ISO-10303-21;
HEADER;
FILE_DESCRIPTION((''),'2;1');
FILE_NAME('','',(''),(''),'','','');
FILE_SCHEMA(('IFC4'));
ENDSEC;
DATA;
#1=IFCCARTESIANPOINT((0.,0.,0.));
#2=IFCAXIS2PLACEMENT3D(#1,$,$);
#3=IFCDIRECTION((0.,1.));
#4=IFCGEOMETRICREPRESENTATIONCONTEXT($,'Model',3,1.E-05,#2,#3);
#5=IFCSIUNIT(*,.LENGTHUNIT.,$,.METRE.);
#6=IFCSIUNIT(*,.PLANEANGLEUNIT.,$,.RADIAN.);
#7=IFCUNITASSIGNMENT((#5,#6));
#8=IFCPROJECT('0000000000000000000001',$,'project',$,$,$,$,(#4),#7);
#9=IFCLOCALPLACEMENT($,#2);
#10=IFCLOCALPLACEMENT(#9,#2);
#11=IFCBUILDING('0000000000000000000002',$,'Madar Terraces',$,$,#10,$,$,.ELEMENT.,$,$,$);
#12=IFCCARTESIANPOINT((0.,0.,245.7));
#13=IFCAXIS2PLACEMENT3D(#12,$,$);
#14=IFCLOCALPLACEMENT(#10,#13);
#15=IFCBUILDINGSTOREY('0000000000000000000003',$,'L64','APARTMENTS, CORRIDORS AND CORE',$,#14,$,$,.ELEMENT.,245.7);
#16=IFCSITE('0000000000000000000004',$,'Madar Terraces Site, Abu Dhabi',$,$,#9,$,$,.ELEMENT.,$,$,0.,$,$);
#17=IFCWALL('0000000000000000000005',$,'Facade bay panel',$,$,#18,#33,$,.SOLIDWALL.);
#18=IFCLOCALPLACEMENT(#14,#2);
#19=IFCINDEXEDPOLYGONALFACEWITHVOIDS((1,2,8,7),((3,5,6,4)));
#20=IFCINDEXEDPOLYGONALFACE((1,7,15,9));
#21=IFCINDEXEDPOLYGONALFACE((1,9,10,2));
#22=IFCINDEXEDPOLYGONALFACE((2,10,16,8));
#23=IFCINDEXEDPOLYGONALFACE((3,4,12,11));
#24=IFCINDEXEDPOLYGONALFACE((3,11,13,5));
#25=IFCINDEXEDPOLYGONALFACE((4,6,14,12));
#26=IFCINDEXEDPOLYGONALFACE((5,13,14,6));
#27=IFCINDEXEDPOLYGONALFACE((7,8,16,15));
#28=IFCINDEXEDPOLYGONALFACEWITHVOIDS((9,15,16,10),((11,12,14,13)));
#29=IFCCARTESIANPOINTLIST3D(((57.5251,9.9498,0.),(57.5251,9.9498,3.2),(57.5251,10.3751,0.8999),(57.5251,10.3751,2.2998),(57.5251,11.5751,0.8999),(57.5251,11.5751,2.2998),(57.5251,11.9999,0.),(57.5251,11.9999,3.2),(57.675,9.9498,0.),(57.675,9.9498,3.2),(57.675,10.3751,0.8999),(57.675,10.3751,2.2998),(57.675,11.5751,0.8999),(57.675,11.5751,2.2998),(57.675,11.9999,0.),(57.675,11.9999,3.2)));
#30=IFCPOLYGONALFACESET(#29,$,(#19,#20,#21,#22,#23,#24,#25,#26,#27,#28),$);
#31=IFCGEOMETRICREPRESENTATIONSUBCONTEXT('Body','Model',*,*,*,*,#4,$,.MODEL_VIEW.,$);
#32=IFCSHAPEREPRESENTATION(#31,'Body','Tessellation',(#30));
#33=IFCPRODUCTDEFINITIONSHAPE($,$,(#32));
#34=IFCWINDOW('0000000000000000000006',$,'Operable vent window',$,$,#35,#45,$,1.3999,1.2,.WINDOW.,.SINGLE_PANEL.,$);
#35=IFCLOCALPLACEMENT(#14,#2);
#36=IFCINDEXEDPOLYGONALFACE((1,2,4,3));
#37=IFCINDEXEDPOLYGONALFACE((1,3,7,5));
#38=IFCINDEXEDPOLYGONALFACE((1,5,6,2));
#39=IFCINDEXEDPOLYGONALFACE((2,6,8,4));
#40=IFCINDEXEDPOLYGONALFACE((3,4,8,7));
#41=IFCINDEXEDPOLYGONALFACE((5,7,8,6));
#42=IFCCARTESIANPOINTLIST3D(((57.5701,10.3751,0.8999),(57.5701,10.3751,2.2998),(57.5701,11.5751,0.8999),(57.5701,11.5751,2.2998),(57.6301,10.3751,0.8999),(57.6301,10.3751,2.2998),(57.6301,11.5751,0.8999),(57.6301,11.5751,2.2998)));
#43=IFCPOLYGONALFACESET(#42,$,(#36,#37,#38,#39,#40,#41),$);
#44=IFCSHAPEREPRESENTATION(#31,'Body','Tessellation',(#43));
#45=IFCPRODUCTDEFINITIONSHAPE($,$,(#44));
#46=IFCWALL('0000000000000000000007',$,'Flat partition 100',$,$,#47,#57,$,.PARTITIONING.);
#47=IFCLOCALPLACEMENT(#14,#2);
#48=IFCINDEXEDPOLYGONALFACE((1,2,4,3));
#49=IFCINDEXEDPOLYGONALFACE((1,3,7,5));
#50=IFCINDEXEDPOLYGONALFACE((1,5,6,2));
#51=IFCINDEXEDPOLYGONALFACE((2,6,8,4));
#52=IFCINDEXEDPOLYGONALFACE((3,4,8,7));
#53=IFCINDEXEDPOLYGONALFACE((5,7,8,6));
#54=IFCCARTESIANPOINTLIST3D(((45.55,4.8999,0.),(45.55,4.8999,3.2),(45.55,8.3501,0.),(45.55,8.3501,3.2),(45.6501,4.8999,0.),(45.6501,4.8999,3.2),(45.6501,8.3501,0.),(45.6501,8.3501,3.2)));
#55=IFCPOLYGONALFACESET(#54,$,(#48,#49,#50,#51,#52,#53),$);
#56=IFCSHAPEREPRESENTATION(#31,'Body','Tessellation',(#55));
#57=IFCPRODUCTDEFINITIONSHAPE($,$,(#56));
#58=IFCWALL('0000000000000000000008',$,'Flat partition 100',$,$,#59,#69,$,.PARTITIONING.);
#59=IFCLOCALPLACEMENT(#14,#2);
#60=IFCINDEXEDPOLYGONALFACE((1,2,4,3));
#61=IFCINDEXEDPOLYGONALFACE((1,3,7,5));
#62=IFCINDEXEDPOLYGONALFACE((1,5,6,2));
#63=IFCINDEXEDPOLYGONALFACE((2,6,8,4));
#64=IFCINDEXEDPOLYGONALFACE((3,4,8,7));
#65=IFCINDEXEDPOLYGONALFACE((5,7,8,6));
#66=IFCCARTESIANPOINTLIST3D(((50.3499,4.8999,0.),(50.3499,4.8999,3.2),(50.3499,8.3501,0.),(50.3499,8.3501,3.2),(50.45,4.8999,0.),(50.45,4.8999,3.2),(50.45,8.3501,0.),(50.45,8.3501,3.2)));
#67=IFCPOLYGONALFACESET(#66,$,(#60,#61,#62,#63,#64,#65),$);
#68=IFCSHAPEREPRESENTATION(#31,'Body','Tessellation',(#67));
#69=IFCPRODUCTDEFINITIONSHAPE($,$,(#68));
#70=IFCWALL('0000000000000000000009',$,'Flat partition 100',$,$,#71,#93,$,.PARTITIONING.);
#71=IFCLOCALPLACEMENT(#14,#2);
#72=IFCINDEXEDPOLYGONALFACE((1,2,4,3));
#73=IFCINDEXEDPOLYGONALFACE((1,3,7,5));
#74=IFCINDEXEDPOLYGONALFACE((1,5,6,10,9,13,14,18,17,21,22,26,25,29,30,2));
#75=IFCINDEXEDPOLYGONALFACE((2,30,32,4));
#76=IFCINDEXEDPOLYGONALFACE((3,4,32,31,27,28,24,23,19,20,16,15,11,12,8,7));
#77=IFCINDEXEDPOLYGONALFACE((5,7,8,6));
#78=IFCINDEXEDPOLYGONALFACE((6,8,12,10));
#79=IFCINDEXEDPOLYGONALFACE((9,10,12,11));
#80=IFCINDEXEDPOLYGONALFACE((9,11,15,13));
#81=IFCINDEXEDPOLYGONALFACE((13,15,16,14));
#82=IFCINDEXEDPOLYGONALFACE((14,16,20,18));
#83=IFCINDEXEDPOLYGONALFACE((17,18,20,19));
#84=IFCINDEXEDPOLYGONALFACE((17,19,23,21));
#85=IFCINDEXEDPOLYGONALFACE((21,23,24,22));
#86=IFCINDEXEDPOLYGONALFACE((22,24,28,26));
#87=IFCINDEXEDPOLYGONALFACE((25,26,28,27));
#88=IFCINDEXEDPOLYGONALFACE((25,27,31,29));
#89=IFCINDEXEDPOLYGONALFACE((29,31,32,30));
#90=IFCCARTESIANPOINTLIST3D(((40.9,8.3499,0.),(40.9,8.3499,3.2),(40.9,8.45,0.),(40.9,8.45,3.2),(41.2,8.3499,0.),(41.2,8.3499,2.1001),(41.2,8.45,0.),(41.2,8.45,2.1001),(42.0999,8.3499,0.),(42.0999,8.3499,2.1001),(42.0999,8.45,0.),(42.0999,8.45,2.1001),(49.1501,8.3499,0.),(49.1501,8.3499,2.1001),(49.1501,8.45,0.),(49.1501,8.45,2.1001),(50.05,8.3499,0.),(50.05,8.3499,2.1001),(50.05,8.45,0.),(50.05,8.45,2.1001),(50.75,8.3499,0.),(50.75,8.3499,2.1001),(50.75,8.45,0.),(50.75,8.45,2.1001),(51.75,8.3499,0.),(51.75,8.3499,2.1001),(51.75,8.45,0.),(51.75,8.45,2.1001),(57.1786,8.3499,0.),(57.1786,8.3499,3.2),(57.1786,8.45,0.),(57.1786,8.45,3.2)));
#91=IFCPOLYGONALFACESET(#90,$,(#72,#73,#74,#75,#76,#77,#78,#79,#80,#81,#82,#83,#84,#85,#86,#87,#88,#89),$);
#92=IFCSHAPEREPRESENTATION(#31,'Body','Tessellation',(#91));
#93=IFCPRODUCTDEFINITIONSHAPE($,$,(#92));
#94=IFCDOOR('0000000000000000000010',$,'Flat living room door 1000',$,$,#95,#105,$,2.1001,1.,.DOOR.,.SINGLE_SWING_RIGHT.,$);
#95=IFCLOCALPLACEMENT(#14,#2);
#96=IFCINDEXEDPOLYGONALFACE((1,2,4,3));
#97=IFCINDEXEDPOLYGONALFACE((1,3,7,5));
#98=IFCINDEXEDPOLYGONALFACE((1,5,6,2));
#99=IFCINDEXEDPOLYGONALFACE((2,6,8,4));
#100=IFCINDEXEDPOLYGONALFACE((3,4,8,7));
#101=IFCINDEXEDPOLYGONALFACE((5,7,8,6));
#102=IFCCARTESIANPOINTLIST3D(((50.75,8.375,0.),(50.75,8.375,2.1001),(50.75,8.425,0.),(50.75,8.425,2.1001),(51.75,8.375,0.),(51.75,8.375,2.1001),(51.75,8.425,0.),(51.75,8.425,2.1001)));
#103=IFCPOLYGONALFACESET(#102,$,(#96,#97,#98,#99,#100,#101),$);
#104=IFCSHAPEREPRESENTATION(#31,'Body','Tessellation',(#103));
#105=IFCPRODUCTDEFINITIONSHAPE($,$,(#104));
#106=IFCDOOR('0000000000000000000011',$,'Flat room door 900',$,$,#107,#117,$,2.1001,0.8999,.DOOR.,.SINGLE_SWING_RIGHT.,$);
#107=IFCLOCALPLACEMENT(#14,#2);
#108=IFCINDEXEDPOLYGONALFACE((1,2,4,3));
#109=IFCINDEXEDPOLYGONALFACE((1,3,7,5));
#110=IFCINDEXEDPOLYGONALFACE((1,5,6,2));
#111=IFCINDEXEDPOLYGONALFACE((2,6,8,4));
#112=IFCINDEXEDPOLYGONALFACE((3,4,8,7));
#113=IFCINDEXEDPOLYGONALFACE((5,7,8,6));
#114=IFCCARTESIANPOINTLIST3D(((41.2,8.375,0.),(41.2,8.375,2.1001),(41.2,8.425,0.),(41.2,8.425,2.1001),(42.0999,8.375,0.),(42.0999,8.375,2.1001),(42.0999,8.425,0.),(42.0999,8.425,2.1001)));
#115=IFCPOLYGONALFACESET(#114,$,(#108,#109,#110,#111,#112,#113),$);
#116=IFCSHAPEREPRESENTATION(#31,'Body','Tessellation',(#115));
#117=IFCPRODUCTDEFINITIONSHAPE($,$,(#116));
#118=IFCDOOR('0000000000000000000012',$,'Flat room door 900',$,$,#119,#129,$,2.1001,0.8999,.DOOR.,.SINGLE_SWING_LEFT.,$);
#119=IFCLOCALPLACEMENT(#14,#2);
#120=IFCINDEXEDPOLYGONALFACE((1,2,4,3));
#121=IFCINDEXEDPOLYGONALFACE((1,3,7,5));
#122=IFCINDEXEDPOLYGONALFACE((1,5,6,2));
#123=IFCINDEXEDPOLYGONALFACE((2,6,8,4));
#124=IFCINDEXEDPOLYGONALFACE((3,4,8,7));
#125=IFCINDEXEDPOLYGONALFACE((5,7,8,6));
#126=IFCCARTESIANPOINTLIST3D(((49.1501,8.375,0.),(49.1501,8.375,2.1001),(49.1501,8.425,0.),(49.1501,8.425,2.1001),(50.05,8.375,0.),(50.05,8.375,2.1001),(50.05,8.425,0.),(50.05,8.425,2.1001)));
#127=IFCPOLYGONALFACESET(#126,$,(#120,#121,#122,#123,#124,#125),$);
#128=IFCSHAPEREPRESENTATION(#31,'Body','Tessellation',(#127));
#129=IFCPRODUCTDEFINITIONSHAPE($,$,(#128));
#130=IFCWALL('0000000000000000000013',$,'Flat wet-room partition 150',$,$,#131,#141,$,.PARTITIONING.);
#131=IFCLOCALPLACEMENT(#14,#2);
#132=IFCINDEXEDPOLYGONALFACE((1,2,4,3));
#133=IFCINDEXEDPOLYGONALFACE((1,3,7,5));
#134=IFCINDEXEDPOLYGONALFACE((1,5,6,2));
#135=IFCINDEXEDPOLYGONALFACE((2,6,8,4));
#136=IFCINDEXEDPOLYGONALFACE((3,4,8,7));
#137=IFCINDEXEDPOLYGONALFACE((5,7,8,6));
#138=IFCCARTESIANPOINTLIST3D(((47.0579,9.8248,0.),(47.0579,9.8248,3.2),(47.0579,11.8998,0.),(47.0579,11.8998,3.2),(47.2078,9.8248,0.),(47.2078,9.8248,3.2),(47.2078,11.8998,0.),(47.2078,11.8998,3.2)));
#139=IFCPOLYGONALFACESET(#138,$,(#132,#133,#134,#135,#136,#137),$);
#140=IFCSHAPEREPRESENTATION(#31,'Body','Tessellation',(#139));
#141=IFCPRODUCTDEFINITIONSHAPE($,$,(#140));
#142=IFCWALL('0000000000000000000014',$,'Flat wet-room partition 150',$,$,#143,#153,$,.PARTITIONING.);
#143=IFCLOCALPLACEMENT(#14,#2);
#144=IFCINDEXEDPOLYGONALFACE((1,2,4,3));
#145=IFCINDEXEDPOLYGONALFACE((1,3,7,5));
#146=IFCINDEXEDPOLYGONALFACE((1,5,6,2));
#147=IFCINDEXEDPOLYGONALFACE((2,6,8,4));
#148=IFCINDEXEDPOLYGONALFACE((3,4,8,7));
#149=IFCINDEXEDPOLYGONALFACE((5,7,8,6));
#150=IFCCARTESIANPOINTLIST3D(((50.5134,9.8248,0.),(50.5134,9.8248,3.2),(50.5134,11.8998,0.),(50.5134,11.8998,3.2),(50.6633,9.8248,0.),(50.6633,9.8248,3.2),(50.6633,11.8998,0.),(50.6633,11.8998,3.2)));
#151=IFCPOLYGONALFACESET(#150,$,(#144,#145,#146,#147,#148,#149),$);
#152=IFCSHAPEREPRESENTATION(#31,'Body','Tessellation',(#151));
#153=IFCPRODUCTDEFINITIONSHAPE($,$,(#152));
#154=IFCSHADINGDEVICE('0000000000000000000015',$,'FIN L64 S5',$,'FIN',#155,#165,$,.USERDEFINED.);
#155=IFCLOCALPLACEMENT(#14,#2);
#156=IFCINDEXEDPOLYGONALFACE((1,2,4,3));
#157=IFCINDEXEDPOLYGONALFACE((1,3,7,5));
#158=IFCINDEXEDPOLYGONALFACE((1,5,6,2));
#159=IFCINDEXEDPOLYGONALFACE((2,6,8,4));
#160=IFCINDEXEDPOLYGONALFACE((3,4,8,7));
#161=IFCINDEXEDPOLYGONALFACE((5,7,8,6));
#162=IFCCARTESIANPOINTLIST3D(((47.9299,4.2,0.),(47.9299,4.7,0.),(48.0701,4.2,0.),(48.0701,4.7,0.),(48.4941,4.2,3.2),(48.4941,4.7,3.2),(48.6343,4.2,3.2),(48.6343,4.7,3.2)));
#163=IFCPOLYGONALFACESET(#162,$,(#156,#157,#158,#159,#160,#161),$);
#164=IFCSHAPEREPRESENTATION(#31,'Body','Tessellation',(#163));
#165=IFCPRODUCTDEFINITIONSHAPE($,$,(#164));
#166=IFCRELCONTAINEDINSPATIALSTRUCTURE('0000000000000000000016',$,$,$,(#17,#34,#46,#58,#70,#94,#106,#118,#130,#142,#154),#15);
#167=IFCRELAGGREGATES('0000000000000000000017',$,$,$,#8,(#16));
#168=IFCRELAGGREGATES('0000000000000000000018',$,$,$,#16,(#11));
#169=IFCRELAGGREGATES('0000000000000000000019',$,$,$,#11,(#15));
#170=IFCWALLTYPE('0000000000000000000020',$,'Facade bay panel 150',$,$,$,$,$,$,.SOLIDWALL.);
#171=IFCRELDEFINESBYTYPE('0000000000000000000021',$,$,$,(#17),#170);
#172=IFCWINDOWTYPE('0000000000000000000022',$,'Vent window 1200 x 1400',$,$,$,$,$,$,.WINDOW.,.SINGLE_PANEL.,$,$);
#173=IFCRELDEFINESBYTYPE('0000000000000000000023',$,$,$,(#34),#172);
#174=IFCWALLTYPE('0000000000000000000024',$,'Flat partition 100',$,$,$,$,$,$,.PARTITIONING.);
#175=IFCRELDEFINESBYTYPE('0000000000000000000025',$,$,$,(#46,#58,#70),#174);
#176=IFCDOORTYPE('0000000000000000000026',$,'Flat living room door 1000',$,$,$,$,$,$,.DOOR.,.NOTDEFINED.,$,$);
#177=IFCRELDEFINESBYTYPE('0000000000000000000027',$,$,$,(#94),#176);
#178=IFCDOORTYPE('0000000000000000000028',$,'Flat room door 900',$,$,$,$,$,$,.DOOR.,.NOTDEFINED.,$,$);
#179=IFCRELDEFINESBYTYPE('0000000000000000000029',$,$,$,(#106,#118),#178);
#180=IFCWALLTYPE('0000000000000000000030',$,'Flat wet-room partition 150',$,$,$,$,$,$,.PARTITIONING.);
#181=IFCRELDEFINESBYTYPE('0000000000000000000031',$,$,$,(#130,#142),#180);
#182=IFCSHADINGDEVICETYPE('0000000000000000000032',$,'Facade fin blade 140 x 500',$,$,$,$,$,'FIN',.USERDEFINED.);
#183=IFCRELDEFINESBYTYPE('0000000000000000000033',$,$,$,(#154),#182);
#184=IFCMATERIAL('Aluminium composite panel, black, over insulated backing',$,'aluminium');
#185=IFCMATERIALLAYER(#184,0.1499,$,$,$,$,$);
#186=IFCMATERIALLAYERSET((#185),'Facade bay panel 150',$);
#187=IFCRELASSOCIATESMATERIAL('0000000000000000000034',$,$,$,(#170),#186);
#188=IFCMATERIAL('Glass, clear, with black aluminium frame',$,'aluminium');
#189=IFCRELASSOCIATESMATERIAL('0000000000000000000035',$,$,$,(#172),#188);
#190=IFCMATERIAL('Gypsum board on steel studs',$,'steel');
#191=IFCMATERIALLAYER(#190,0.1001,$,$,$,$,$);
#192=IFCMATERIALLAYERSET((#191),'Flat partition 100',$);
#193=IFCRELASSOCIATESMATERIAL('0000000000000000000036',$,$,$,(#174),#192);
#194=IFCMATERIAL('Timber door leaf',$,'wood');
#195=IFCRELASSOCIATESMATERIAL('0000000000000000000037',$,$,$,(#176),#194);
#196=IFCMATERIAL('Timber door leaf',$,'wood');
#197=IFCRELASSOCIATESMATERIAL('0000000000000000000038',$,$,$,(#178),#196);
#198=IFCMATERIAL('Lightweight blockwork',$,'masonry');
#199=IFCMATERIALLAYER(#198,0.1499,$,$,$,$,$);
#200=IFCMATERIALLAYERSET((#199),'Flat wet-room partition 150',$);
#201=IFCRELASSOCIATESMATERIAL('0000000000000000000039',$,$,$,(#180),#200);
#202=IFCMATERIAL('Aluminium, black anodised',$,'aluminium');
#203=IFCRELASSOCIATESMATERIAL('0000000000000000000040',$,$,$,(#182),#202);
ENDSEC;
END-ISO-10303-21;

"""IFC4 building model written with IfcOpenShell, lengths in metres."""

from ifc_helpers import new_model, si_unit, direction, frame, frame_2d, origin, place, context, subcontext, project, spatial, polyline, rectangle, outline, extrude, material, layer, layer_set, type_object, element, fill, save


model = new_model("IFC4")

# Units and contexts
model_context = context("Model", 3, precision=1e-05, world=origin(), true_north=direction((0.0, 1.0)))
body_context = subcontext(model_context, "Body", "Model", "MODEL_VIEW")
ifc_project = project(units=[si_unit("LENGTHUNIT", "METRE"), si_unit("PLANEANGLEUNIT", "RADIAN")], contexts=[model_context])

# Site, building, storey
site_placement = place(None, origin())
site = spatial("IfcSite", under=ifc_project, at=site_placement, Name="Madar Terraces Site, Abu Dhabi", CompositionType="ELEMENT", RefElevation=0.0)
building_placement = place(site_placement, origin())
building = spatial("IfcBuilding", under=site, at=building_placement, Name="Madar Terraces", CompositionType="ELEMENT")
storey_placement = place(building_placement, frame((0.0, 0.0, 245.7)))
storey = spatial("IfcBuildingStorey", under=building, at=storey_placement, Name="L64", Description="APARTMENTS, CORRIDORS AND CORE", CompositionType="ELEMENT", Elevation=245.7)

# Wall, opening, window
ifc_material_1 = material(Name="Aluminium composite panel, black, over insulated backing", Category="aluminium")
ifc_layer_1 = layer(ifc_material_1, 0.1499)
ifc_layer_set_1 = layer_set([ifc_layer_1], Name="Facade bay panel 150")
wall_type_1 = type_object("IfcWallType", Name="Facade bay panel 150", PredefinedType="SOLIDWALL", material=ifc_layer_set_1)
wall_1_placement = place(storey_placement, frame((57.6001, 9.95, 0.0), z_axis=(0.0, 0.0, 1.0), x_axis=(0.0, 1.0, 0.0)))
wall_1 = element("IfcWall", 1, at=wall_1_placement, inside=storey, type_object=wall_type_1, Name="Facade bay panel", PredefinedType="SOLIDWALL", context=body_context, shape_type="SweptSolid", body=[
    extrude(rectangle(XDim=2.05, YDim=0.1499, at=frame_2d((1.0249, 0.0))), origin(), (0.0, 0.0, 1.0), 3.2),
])
opening_1_placement = place(wall_1_placement, frame((0.425, 0.0, 0.8999)))
opening_1 = element("IfcOpeningElement", 2, at=opening_1_placement, cuts=wall_1, PredefinedType="OPENING", context=body_context, shape_type="SweptSolid", body=[
    extrude(rectangle(XDim=1.2, YDim=1.3999, at=frame_2d((0.6001, 0.7))), frame((0.0, 0.085, 0.0), z_axis=(0.0, -1.0, 0.0), x_axis=(1.0, 0.0, 0.0)), (0.0, 0.0, 1.0), 0.1699),
])
ifc_material_2 = material(Name="Glass, clear, with black aluminium frame", Category="aluminium")
window_type = type_object("IfcWindowType", Name="Vent window 1200 x 1400", PartitioningType="SINGLE_PANEL", PredefinedType="WINDOW", material=ifc_material_2)
window_placement = place(opening_1_placement, origin())
window = element("IfcWindow", 3, at=window_placement, inside=storey, type_object=window_type, Name="Operable vent window", OverallHeight=1.3999, OverallWidth=1.2, PartitioningType="SINGLE_PANEL", PredefinedType="WINDOW", context=body_context, shape_type="SweptSolid", body=[
    extrude(rectangle(XDim=1.2, YDim=1.3999, at=frame_2d((0.6001, 0.7))), frame((0.0, 0.03, 0.0), z_axis=(0.0, -1.0, 0.0), x_axis=(1.0, 0.0, 0.0)), (0.0, 0.0, 1.0), 0.0601),
])
fill(opening_1, window)

# Walls
ifc_material_3 = material(Name="Gypsum board on steel studs", Category="steel")
ifc_layer_2 = layer(ifc_material_3, 0.1001)
ifc_layer_set_2 = layer_set([ifc_layer_2], Name="Flat partition 100")
wall_type_2 = type_object("IfcWallType", Name="Flat partition 100", PredefinedType="PARTITIONING", material=ifc_layer_set_2)
for number, where, z_axis, x_axis, name in (
    (4, (45.6001, 8.3501, 0.0), (0.0, 0.0, 1.0), (0.0, -1.0, 0.0), "Flat partition 100"),
    (5, (50.3999, 8.3501, 0.0), (0.0, 0.0, 1.0), (0.0, -1.0, 0.0), "Flat partition 100"),
):
    element("IfcWall", number, at=place(storey_placement, frame(where, z_axis=z_axis, x_axis=x_axis)), inside=storey, type_object=wall_type_2, Name=name, PredefinedType="PARTITIONING", context=body_context, shape_type="SweptSolid", body=[
        extrude(rectangle(XDim=3.4502, YDim=0.1001, at=frame_2d((1.7251, 0.0))), origin(), (0.0, 0.0, 1.0), 3.2),
    ])

# Wall, openings, doors
wall_2_placement = place(storey_placement, frame((57.1785, 8.3999, 0.0), z_axis=(0.0, 0.0, 1.0), x_axis=(-1.0, 0.0, 0.0)))
wall_2 = element("IfcWall", 6, at=wall_2_placement, inside=storey, type_object=wall_type_2, Name="Flat partition 100", PredefinedType="PARTITIONING", context=body_context, shape_type="SweptSolid", body=[
    extrude(rectangle(XDim=16.2786, YDim=0.1001, at=frame_2d((8.1392, 0.0))), origin(), (0.0, 0.0, 1.0), 3.2),
])
opening_2_placement = place(wall_2_placement, frame((15.0786, 0.0, 0.0)))
opening_2 = element("IfcOpeningElement", 7, at=opening_2_placement, cuts=wall_2, PredefinedType="OPENING", context=body_context, shape_type="SweptSolid", body=[
    extrude(rectangle(XDim=0.8999, YDim=2.1001, at=frame_2d((0.45, 1.05))), frame((0.0, 0.0601, 0.0), z_axis=(0.0, -1.0, 0.0), x_axis=(1.0, 0.0, 0.0)), (0.0, 0.0, 1.0), 0.1201),
])
opening_3_placement = place(wall_2_placement, frame((7.1284, 0.0, 0.0)))
opening_3 = element("IfcOpeningElement", 8, at=opening_3_placement, cuts=wall_2, PredefinedType="OPENING", context=body_context, shape_type="SweptSolid", body=[
    extrude(rectangle(XDim=0.8999, YDim=2.1001, at=frame_2d((0.45, 1.05))), frame((0.0, 0.0601, 0.0), z_axis=(0.0, -1.0, 0.0), x_axis=(1.0, 0.0, 0.0)), (0.0, 0.0, 1.0), 0.1201),
])
opening_4_placement = place(wall_2_placement, frame((5.4285, 0.0, 0.0)))
opening_4 = element("IfcOpeningElement", 9, at=opening_4_placement, cuts=wall_2, PredefinedType="OPENING", context=body_context, shape_type="SweptSolid", body=[
    extrude(rectangle(XDim=1.0, YDim=2.1001, at=frame_2d((0.5, 1.05))), frame((0.0, 0.0601, 0.0), z_axis=(0.0, -1.0, 0.0), x_axis=(1.0, 0.0, 0.0)), (0.0, 0.0, 1.0), 0.1201),
])
ifc_material_4 = material(Name="Timber door leaf", Category="wood")
door_type_1 = type_object("IfcDoorType", Name="Flat living room door 1000", OperationType="NOTDEFINED", PredefinedType="DOOR", material=ifc_material_4)
door_1_placement = place(opening_4_placement, origin())
door_1 = element("IfcDoor", 10, at=door_1_placement, inside=storey, type_object=door_type_1, Name="Flat living room door 1000", OperationType="SINGLE_SWING_RIGHT", OverallHeight=2.1001, OverallWidth=1.0, PredefinedType="DOOR", context=body_context, shape_type="SweptSolid", body=[
    extrude(rectangle(XDim=1.0, YDim=2.1001, at=frame_2d((0.5, 1.05))), frame((0.0, 0.0249, 0.0), z_axis=(0.0, -1.0, 0.0), x_axis=(1.0, 0.0, 0.0)), (0.0, 0.0, 1.0), 0.05),
])
fill(opening_4, door_1)
ifc_material_5 = material(Name="Timber door leaf", Category="wood")
door_type_2 = type_object("IfcDoorType", Name="Flat room door 900", OperationType="NOTDEFINED", PredefinedType="DOOR", material=ifc_material_5)
door_2_placement = place(opening_2_placement, origin())
door_2 = element("IfcDoor", 11, at=door_2_placement, inside=storey, type_object=door_type_2, Name="Flat room door 900", OperationType="SINGLE_SWING_RIGHT", OverallHeight=2.1001, OverallWidth=0.8999, PredefinedType="DOOR", context=body_context, shape_type="SweptSolid", body=[
    extrude(rectangle(XDim=0.8999, YDim=2.1001, at=frame_2d((0.45, 1.05))), frame((0.0, 0.0249, 0.0), z_axis=(0.0, -1.0, 0.0), x_axis=(1.0, 0.0, 0.0)), (0.0, 0.0, 1.0), 0.05),
])
fill(opening_2, door_2)
door_3_placement = place(opening_3_placement, origin())
door_3 = element("IfcDoor", 12, at=door_3_placement, inside=storey, type_object=door_type_2, Name="Flat room door 900", OperationType="SINGLE_SWING_LEFT", OverallHeight=2.1001, OverallWidth=0.8999, PredefinedType="DOOR", context=body_context, shape_type="SweptSolid", body=[
    extrude(rectangle(XDim=0.8999, YDim=2.1001, at=frame_2d((0.45, 1.05))), frame((0.0, 0.0249, 0.0), z_axis=(0.0, -1.0, 0.0), x_axis=(1.0, 0.0, 0.0)), (0.0, 0.0, 1.0), 0.05),
])
fill(opening_3, door_3)

# Walls
ifc_material_6 = material(Name="Lightweight blockwork", Category="masonry")
ifc_layer_3 = layer(ifc_material_6, 0.1499)
ifc_layer_set_3 = layer_set([ifc_layer_3], Name="Flat wet-room partition 150")
wall_type_3 = type_object("IfcWallType", Name="Flat wet-room partition 150", PredefinedType="PARTITIONING", material=ifc_layer_set_3)
for number, where, z_axis, x_axis, name in (
    (13, (47.1328, 11.8999, 0.0), (0.0, 0.0, 1.0), (0.0, -1.0, 0.0), "Flat wet-room partition 150"),
    (14, (50.5884, 11.8999, 0.0), (0.0, 0.0, 1.0), (0.0, -1.0, 0.0), "Flat wet-room partition 150"),
):
    element("IfcWall", number, at=place(storey_placement, frame(where, z_axis=z_axis, x_axis=x_axis)), inside=storey, type_object=wall_type_3, Name=name, PredefinedType="PARTITIONING", context=body_context, shape_type="SweptSolid", body=[
        extrude(rectangle(XDim=2.075, YDim=0.1499, at=frame_2d((1.0376, 0.0))), origin(), (0.0, 0.0, 1.0), 3.2),
    ])

# Shading device
ifc_material_7 = material(Name="Aluminium, black anodised", Category="aluminium")
shading_device_type = type_object("IfcShadingDeviceType", Name="Facade fin blade 140 x 500", ElementType="FIN", PredefinedType="USERDEFINED", material=ifc_material_7)
shading_device_1_placement = place(storey_placement, frame((47.9299, 4.45, 0.0), z_axis=(0.0, 0.0, 1.0), x_axis=(1.0, 0.0, 0.0)))
element("IfcShadingDevice", 15, at=shading_device_1_placement, inside=storey, type_object=shading_device_type, Name="FIN L64 S5", ObjectType="FIN", PredefinedType="USERDEFINED", context=body_context, shape_type="SweptSolid", body=[
    extrude(outline(polyline([(0.0, 0.0), (0.1401, 0.0), (0.7043, 3.2), (0.5642, 3.2), (0.0, 0.0)])), frame((0.0, 0.25, 0.0), z_axis=(0.0, -1.0, 0.0), x_axis=(1.0, 0.0, 0.0)), (0.0, 0.0, 1.0), 0.5),
])

save(model, "model.ifc")
